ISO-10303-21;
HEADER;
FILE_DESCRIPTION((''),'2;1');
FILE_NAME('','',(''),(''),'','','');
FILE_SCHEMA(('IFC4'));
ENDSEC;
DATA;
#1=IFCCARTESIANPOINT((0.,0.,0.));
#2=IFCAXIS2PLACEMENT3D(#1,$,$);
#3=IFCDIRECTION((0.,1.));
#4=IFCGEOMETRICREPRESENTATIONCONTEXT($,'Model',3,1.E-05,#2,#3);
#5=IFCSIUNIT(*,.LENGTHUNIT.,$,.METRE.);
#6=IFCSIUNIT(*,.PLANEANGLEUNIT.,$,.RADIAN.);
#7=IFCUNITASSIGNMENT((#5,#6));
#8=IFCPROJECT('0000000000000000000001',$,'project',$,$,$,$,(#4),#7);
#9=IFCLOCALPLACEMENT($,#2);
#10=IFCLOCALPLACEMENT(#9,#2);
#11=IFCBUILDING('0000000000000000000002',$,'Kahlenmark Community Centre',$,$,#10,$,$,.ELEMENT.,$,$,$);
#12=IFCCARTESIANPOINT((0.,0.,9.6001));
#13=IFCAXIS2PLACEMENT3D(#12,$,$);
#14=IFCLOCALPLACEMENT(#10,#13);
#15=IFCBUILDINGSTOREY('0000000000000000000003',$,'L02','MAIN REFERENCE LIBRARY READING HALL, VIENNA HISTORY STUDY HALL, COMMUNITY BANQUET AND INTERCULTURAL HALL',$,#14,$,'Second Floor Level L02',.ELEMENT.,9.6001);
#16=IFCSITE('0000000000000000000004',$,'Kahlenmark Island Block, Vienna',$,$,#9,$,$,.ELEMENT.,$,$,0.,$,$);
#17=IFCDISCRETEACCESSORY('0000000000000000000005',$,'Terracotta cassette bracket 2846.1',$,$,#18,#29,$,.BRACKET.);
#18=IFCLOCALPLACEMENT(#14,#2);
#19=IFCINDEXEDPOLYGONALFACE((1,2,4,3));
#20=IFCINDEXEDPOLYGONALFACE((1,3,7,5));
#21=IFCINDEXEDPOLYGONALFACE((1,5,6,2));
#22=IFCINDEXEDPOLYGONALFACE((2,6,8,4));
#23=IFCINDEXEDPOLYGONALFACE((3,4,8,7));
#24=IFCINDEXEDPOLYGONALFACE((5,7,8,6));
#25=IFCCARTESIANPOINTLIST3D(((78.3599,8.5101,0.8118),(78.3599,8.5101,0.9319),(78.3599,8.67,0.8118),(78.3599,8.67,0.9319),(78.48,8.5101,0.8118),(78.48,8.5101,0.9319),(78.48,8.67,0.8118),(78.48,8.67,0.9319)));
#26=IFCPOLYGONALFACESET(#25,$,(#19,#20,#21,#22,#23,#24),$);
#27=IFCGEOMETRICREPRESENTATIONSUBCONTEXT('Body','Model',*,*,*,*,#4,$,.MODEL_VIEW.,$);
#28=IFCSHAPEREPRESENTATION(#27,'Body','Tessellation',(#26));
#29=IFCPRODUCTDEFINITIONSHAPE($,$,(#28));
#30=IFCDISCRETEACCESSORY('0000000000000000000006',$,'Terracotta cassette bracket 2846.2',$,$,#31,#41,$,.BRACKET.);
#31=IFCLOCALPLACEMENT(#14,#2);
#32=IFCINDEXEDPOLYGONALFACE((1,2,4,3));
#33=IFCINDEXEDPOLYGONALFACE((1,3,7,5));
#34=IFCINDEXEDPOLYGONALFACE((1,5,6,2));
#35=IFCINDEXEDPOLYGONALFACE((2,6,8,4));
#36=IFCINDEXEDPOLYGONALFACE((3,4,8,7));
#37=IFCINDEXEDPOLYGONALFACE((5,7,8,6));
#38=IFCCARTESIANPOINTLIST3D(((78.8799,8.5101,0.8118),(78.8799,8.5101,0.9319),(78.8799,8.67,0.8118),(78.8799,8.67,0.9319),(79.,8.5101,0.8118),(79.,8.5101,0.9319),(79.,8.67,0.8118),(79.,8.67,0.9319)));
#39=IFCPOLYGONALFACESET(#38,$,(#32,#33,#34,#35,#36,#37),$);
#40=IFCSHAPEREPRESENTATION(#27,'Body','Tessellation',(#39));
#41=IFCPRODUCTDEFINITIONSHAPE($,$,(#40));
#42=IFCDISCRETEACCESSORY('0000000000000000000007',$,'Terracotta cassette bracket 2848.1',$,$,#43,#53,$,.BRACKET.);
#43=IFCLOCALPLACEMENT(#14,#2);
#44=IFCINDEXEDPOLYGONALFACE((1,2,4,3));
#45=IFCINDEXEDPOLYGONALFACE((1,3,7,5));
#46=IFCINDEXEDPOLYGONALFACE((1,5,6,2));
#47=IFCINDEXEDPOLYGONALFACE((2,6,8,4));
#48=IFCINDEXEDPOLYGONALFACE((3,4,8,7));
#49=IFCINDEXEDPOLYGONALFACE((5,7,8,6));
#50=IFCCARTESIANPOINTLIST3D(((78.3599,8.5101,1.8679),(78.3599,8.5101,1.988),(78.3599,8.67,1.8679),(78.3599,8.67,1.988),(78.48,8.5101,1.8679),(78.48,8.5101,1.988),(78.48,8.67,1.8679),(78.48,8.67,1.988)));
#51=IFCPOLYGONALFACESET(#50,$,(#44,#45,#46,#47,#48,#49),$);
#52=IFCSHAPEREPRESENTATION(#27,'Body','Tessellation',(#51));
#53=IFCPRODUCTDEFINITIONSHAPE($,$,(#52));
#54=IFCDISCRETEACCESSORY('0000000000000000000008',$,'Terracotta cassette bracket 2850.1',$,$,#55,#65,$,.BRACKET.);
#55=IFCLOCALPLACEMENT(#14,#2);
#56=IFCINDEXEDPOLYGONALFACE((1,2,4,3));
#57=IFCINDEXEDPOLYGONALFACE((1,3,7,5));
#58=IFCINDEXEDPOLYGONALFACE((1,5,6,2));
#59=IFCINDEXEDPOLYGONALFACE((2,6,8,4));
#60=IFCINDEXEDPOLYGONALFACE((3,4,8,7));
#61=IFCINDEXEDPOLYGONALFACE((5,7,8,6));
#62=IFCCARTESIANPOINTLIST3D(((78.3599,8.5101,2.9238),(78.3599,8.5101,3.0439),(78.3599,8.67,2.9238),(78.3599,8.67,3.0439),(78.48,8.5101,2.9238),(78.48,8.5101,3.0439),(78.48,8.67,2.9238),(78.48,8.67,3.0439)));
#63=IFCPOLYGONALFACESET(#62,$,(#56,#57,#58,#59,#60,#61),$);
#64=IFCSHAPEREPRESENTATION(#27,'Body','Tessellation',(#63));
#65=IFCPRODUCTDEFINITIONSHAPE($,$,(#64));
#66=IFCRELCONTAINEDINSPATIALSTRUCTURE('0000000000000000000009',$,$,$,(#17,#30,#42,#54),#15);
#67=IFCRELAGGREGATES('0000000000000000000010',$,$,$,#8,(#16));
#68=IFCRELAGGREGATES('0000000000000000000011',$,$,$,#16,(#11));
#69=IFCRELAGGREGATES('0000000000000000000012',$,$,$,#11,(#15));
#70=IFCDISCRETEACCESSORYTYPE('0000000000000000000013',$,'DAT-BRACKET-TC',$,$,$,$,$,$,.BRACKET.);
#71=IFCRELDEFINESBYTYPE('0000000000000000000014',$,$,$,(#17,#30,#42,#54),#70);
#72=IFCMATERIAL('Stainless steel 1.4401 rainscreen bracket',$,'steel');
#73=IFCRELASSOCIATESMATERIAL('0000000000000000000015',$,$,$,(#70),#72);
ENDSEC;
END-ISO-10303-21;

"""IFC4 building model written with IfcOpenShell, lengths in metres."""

from ifc_helpers import new_model, si_unit, direction, frame, origin, origin_2d, place, context, subcontext, project, spatial, rectangle, extrude, material, type_object, element, save


model = new_model("IFC4")

# Units and contexts
model_context = context("Model", 3, precision=1e-05, world=origin(), true_north=direction((0.0, 1.0)))
body_context = subcontext(model_context, "Body", "Model", "MODEL_VIEW")
ifc_project = project(units=[si_unit("LENGTHUNIT", "METRE"), si_unit("PLANEANGLEUNIT", "RADIAN")], contexts=[model_context])

# Site, building, storey
site_placement = place(None, origin())
site = spatial("IfcSite", under=ifc_project, at=site_placement, Name="Kahlenmark Island Block, Vienna", CompositionType="ELEMENT", RefElevation=0.0)
building_placement = place(site_placement, origin())
building = spatial("IfcBuilding", under=site, at=building_placement, Name="Kahlenmark Community Centre", CompositionType="ELEMENT")
storey_placement = place(building_placement, frame((0.0, 0.0, 9.6001)))
storey = spatial("IfcBuildingStorey", under=building, at=storey_placement, Name="L02", Description="MAIN REFERENCE LIBRARY READING HALL, VIENNA HISTORY STUDY HALL, COMMUNITY BANQUET AND INTERCULTURAL HALL", LongName="Second Floor Level L02", CompositionType="ELEMENT", Elevation=9.6001)

# Discrete accessories
ifc_material_1 = material(Name="Stainless steel 1.4401 rainscreen bracket", Category="steel")
discrete_accessory_type = type_object("IfcDiscreteAccessoryType", Name="DAT-BRACKET-TC", PredefinedType="BRACKET", material=ifc_material_1)
for number, where, z_axis, x_axis, name in (
    (1, (78.4199, 8.5901, 0.8118), (0.0, 0.0, 1.0), (1.0, 0.0, 0.0), "Terracotta cassette bracket 2846.1"),
    (2, (78.9399, 8.5901, 0.8118), (0.0, 0.0, 1.0), (1.0, 0.0, 0.0), "Terracotta cassette bracket 2846.2"),
    (3, (78.4199, 8.5901, 1.8679), (0.0, 0.0, 1.0), (1.0, 0.0, 0.0), "Terracotta cassette bracket 2848.1"),
    (4, (78.4199, 8.5901, 2.9238), (0.0, 0.0, 1.0), (1.0, 0.0, 0.0), "Terracotta cassette bracket 2850.1"),
):
    element("IfcDiscreteAccessory", number, at=place(storey_placement, frame(where, z_axis=z_axis, x_axis=x_axis)), inside=storey, type_object=discrete_accessory_type, Name=name, PredefinedType="BRACKET", context=body_context, shape_type="SweptSolid", body=[
        extrude(rectangle(XDim=0.1201, YDim=0.1599, at=origin_2d()), origin(), (0.0, 0.0, 1.0), 0.1201),
    ])

save(model, "model.ifc")
